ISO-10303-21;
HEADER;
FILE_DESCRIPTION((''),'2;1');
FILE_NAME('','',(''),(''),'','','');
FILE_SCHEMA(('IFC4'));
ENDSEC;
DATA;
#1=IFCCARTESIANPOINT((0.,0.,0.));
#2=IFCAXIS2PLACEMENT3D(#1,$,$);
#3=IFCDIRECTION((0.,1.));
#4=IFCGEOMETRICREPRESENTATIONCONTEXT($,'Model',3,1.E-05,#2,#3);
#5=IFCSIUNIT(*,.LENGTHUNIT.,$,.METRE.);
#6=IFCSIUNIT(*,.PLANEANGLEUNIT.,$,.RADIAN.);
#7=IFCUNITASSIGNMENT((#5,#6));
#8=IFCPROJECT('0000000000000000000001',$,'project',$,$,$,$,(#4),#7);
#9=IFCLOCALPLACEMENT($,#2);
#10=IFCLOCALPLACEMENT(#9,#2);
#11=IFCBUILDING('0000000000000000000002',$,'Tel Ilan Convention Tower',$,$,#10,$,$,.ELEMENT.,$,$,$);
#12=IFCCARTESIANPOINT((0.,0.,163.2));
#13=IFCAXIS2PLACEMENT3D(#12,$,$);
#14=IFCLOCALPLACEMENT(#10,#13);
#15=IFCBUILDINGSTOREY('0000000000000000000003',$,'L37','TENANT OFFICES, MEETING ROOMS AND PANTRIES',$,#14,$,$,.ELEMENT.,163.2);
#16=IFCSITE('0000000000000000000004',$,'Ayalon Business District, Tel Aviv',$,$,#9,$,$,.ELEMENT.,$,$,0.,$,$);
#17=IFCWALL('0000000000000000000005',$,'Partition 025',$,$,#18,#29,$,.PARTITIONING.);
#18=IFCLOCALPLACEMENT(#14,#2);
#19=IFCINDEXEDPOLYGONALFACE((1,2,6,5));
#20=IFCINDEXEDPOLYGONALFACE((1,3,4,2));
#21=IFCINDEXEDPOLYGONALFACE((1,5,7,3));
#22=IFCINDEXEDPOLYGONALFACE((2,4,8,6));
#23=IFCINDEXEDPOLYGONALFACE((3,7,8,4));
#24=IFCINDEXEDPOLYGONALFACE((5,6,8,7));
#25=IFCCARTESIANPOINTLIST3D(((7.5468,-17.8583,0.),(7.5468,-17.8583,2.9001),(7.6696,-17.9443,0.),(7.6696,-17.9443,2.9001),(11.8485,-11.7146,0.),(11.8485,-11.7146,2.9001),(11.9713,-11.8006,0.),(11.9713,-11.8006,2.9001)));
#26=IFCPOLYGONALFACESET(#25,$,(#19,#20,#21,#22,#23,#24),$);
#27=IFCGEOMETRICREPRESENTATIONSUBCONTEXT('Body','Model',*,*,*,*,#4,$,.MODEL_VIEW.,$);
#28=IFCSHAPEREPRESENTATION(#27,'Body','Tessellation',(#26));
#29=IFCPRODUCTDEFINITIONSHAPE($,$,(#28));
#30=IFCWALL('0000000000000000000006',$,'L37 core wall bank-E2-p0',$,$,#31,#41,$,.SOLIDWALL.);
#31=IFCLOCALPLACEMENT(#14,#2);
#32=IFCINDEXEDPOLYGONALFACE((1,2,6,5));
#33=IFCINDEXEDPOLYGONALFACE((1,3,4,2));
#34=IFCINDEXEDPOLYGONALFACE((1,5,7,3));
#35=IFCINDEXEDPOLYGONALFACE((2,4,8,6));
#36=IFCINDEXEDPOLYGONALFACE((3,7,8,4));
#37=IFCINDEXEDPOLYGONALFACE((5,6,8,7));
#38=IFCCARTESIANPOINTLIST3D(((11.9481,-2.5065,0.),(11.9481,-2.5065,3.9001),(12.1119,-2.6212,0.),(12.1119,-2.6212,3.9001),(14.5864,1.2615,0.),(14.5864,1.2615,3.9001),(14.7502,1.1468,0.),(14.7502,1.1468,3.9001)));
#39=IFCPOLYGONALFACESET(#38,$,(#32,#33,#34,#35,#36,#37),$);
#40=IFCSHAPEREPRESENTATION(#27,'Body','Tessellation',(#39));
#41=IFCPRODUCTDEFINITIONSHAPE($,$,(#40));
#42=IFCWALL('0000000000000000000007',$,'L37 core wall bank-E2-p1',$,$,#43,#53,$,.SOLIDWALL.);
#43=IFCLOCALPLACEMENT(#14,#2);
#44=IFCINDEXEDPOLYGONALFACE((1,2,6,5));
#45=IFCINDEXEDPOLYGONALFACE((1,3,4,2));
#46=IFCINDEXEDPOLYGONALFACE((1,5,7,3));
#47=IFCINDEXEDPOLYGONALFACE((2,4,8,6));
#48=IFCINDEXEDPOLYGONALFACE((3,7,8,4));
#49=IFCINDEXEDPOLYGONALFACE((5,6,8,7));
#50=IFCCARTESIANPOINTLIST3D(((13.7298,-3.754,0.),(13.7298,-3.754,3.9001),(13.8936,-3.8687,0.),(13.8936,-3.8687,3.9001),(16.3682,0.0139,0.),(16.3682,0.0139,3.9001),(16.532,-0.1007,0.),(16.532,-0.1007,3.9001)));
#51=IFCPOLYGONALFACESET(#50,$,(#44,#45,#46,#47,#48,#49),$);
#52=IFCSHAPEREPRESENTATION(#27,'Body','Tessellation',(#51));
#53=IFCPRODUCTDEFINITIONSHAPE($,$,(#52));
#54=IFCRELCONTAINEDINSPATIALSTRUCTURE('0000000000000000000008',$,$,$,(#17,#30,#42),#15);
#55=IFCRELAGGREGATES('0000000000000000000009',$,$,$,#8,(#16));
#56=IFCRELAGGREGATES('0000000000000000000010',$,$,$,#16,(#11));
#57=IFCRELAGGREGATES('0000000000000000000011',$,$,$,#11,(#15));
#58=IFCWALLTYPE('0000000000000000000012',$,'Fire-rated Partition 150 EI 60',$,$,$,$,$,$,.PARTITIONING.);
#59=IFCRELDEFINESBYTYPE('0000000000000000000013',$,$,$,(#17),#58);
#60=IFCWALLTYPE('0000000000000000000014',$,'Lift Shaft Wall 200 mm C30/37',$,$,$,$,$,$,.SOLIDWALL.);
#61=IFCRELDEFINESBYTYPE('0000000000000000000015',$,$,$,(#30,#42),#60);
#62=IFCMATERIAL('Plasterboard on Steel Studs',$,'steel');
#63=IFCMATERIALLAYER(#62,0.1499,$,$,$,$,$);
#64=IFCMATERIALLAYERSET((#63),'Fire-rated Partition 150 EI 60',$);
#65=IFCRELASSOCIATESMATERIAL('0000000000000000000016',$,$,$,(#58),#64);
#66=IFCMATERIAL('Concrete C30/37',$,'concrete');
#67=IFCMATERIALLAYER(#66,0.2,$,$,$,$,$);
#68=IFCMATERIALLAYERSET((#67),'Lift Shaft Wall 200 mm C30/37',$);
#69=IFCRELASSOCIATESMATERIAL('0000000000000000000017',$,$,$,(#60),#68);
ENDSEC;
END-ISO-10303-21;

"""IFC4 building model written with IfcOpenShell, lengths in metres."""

from ifc_helpers import new_model, si_unit, direction, frame, frame_2d, origin, place, context, subcontext, project, spatial, rectangle, extrude, material, layer, layer_set, type_object, element, save


model = new_model("IFC4")

# Units and contexts
model_context = context("Model", 3, precision=1e-05, world=origin(), true_north=direction((0.0, 1.0)))
body_context = subcontext(model_context, "Body", "Model", "MODEL_VIEW")
ifc_project = project(units=[si_unit("LENGTHUNIT", "METRE"), si_unit("PLANEANGLEUNIT", "RADIAN")], contexts=[model_context])

# Site, building, storey
site_placement = place(None, origin())
site = spatial("IfcSite", under=ifc_project, at=site_placement, Name="Ayalon Business District, Tel Aviv", CompositionType="ELEMENT", RefElevation=0.0)
building_placement = place(site_placement, origin())
building = spatial("IfcBuilding", under=site, at=building_placement, Name="Tel Ilan Convention Tower", CompositionType="ELEMENT")
storey_placement = place(building_placement, frame((0.0, 0.0, 163.2)))
storey = spatial("IfcBuildingStorey", under=building, at=storey_placement, Name="L37", Description="TENANT OFFICES, MEETING ROOMS AND PANTRIES", CompositionType="ELEMENT", Elevation=163.2)

# Shared definitions
ifc_material_1 = material(Name="Plasterboard on Steel Studs", Category="steel")
ifc_layer_1 = layer(ifc_material_1, 0.1499)
ifc_layer_set_1 = layer_set([ifc_layer_1], Name="Fire-rated Partition 150 EI 60")
wall_type_1 = type_object("IfcWallType", Name="Fire-rated Partition 150 EI 60", PredefinedType="PARTITIONING", material=ifc_layer_set_1)

# Walls
wall_1_placement = place(storey_placement, frame((11.9099, -11.7576, 0.0), z_axis=(0.0, 0.0, 1.0), x_axis=(-0.573561, -0.819163, 0.0)))
element("IfcWall", 1, at=wall_1_placement, inside=storey, type_object=wall_type_1, Name="Partition 025", PredefinedType="PARTITIONING", context=body_context, shape_type="SweptSolid", body=[
    extrude(rectangle(XDim=7.5, YDim=0.1499, at=frame_2d((3.75, 0.0))), origin(), (0.0, 0.0, 1.0), 2.9001),
])
ifc_material_2 = material(Name="Concrete C30/37", Category="concrete")
ifc_layer_2 = layer(ifc_material_2, 0.2)
ifc_layer_set_2 = layer_set([ifc_layer_2], Name="Lift Shaft Wall 200 mm C30/37")
wall_type_2 = type_object("IfcWallType", Name="Lift Shaft Wall 200 mm C30/37", PredefinedType="SOLIDWALL", material=ifc_layer_set_2)
for number, where, z_axis, x_axis, name in (
    (2, (12.03, -2.5637, 0.0), (0.0, 0.0, 1.0), (0.573576, 0.819152, 0.0), "L37 core wall bank-E2-p0"),
    (3, (13.8118, -3.8113, 0.0), (0.0, 0.0, 1.0), (0.573576, 0.819152, 0.0), "L37 core wall bank-E2-p1"),
):
    element("IfcWall", number, at=place(storey_placement, frame(where, z_axis=z_axis, x_axis=x_axis)), inside=storey, type_object=wall_type_2, Name=name, PredefinedType="SOLIDWALL", context=body_context, shape_type="SweptSolid", body=[
        extrude(rectangle(XDim=4.5999, YDim=0.2, at=frame_2d((2.2998, 0.0))), origin(), (0.0, 0.0, 1.0), 3.9001),
    ])

save(model, "model.ifc")
